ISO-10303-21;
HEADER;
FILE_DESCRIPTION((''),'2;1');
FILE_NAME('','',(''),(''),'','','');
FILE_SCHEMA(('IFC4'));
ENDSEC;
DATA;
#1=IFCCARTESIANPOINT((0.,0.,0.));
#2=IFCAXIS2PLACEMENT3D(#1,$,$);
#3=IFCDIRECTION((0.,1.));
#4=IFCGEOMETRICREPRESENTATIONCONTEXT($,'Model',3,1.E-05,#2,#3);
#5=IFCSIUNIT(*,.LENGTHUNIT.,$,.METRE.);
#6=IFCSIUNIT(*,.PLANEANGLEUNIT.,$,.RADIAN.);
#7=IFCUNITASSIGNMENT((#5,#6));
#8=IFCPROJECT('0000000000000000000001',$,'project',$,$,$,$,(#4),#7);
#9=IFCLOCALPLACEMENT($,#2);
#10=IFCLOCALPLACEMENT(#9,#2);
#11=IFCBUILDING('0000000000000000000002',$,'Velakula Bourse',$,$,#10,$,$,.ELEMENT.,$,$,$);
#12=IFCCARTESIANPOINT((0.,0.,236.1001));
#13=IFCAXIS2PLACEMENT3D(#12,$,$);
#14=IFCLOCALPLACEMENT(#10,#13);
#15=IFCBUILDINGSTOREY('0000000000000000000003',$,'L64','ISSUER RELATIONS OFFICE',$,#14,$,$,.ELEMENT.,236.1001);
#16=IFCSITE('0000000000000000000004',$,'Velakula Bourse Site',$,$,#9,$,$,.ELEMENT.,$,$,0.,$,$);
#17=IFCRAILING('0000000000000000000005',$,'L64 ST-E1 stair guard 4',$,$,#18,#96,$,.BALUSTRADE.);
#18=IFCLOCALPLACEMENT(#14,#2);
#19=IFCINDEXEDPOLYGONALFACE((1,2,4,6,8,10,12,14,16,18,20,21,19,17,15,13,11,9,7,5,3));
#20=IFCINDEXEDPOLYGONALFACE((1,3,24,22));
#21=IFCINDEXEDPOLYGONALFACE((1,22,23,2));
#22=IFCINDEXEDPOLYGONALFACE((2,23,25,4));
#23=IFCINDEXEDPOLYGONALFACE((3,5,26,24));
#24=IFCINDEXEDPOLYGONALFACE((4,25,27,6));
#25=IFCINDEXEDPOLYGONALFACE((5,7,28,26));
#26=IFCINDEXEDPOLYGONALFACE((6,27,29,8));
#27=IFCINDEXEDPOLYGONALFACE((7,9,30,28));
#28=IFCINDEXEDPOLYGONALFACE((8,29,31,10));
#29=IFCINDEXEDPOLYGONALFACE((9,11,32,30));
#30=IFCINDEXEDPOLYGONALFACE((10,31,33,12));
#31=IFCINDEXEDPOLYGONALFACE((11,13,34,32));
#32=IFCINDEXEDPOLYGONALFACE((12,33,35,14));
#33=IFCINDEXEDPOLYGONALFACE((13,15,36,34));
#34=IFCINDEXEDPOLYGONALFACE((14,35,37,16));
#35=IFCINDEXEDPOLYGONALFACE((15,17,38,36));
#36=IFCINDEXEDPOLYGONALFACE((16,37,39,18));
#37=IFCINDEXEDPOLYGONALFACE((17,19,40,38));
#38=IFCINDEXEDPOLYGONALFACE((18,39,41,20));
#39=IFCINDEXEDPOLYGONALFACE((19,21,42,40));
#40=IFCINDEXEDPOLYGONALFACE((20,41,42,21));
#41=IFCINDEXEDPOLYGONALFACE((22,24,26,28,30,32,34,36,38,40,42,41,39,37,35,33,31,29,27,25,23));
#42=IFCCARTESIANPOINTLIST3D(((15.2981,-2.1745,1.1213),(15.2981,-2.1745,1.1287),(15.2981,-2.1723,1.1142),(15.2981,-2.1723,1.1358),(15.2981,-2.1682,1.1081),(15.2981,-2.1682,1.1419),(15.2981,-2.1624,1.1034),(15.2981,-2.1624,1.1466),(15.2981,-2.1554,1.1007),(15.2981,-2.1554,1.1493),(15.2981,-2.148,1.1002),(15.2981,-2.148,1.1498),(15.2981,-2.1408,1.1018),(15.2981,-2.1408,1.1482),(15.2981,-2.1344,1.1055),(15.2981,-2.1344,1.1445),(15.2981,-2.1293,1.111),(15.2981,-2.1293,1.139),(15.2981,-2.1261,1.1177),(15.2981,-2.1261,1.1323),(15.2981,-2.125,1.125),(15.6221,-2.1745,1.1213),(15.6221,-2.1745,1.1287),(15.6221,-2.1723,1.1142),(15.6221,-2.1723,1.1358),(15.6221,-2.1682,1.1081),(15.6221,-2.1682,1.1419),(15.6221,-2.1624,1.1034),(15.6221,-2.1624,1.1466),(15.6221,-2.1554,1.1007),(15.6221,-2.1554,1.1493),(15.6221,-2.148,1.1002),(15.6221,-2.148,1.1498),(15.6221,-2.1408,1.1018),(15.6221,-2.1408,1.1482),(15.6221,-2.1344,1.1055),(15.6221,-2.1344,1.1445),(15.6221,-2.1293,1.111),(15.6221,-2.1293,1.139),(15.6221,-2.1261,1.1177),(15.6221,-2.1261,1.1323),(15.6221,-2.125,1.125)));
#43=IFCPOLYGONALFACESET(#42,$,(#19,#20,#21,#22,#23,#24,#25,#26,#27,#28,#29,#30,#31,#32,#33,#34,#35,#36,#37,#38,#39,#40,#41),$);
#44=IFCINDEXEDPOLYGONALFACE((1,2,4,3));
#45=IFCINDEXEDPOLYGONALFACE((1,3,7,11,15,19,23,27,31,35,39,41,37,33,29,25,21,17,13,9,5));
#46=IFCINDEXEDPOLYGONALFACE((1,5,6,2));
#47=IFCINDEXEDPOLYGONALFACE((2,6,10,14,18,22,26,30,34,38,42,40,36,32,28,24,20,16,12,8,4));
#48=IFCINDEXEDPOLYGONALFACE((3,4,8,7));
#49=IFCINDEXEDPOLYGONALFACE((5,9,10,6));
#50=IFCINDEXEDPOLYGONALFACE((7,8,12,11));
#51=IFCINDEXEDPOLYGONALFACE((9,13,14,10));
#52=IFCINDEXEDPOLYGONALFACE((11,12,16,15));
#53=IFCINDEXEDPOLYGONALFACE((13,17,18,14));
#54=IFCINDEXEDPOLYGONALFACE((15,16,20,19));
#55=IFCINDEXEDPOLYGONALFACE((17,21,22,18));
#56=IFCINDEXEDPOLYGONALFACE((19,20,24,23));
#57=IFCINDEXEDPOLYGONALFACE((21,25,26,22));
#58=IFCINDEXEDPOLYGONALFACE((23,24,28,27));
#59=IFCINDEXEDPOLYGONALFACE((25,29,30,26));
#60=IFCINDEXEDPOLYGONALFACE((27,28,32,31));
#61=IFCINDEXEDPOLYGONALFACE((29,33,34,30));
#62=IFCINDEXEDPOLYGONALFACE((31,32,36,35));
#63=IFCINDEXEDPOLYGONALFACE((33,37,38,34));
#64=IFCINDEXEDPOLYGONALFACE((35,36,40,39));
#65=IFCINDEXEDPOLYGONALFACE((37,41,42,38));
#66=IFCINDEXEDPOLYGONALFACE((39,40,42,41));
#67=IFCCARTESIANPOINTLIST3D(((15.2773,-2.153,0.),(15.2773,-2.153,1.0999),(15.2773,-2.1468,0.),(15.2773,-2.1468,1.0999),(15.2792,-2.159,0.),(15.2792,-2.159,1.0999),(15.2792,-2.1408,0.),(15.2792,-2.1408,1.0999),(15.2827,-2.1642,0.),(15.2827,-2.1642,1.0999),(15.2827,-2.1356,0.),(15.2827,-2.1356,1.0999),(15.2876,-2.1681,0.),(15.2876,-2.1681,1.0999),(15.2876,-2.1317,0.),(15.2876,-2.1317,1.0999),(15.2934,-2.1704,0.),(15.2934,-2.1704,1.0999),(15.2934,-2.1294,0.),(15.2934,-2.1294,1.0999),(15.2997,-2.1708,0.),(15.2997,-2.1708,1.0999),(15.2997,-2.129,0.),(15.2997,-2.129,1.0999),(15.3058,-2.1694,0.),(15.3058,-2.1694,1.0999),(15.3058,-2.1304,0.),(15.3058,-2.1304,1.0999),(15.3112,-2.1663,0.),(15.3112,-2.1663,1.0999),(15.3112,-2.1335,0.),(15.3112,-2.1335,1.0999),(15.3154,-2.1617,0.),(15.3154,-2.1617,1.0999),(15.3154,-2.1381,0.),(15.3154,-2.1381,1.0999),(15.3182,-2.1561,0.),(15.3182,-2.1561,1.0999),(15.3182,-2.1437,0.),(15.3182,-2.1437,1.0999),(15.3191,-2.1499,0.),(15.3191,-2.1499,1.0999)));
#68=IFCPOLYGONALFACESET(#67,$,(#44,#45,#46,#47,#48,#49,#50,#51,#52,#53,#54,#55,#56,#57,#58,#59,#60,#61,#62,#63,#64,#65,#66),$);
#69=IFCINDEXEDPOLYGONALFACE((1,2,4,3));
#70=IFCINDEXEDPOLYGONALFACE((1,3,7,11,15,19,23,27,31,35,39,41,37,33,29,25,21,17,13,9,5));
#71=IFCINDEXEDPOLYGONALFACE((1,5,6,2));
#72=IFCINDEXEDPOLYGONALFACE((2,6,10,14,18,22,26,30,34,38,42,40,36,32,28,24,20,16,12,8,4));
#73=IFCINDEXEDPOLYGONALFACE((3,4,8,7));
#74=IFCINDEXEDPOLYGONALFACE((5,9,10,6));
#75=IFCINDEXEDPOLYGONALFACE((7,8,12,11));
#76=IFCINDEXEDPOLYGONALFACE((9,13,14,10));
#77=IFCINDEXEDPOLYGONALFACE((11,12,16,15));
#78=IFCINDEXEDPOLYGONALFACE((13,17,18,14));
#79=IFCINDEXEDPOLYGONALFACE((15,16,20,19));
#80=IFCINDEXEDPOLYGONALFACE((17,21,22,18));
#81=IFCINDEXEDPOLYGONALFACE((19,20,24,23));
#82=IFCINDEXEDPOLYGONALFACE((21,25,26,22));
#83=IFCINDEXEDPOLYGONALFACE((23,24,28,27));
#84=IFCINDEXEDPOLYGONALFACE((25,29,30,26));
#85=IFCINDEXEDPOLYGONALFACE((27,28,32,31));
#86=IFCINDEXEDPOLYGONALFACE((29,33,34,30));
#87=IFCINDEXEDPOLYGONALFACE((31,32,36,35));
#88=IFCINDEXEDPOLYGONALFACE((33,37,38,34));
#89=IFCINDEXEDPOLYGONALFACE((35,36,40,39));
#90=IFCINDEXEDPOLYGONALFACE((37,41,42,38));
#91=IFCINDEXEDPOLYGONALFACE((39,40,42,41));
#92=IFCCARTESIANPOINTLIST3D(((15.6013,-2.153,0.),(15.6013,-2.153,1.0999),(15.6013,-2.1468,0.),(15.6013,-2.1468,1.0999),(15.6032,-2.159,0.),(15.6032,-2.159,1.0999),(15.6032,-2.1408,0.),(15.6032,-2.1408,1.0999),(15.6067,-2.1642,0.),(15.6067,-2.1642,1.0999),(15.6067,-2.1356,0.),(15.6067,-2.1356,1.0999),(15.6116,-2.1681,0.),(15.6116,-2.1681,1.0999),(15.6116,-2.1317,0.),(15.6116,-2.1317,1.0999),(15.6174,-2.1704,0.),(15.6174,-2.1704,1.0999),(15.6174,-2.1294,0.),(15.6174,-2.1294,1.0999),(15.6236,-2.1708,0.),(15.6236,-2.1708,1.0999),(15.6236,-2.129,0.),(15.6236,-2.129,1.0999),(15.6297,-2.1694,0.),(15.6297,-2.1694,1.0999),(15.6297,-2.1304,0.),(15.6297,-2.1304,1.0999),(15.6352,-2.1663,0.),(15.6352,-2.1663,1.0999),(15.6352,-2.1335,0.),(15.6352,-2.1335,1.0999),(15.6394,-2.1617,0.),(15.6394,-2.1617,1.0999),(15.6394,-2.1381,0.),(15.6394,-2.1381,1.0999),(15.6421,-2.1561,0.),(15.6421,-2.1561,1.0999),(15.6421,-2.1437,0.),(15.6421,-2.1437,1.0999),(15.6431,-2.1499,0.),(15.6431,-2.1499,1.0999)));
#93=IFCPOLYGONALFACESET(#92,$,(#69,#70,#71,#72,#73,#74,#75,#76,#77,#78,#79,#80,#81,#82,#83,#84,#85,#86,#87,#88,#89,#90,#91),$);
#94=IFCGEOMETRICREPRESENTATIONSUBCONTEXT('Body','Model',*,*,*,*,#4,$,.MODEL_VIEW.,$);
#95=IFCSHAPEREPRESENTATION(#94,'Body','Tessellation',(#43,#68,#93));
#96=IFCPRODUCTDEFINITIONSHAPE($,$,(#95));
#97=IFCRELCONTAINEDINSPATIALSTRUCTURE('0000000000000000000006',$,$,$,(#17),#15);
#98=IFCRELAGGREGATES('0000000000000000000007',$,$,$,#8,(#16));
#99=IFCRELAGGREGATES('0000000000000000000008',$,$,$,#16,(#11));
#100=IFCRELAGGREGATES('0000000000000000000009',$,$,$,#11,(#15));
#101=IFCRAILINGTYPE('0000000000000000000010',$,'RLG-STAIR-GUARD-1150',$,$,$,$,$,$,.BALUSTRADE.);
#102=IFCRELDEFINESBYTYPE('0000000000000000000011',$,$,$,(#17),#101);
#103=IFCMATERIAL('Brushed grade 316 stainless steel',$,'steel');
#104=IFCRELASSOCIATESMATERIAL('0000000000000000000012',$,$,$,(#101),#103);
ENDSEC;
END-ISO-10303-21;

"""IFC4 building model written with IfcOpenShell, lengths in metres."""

from ifc_helpers import new_model, si_unit, direction, frame, origin, origin_2d, place, context, subcontext, project, spatial, circle, extrude, material, type_object, element, save


model = new_model("IFC4")

# Units and contexts
model_context = context("Model", 3, precision=1e-05, world=origin(), true_north=direction((0.0, 1.0)))
body_context = subcontext(model_context, "Body", "Model", "MODEL_VIEW")
ifc_project = project(units=[si_unit("LENGTHUNIT", "METRE"), si_unit("PLANEANGLEUNIT", "RADIAN")], contexts=[model_context])

# Site, building, storey
site_placement = place(None, origin())
site = spatial("IfcSite", under=ifc_project, at=site_placement, Name="Velakula Bourse Site", CompositionType="ELEMENT", RefElevation=0.0)
building_placement = place(site_placement, origin())
building = spatial("IfcBuilding", under=site, at=building_placement, Name="Velakula Bourse", CompositionType="ELEMENT")
storey_placement = place(building_placement, frame((0.0, 0.0, 236.1001)))
storey = spatial("IfcBuildingStorey", under=building, at=storey_placement, Name="L64", Description="ISSUER RELATIONS OFFICE", CompositionType="ELEMENT", Elevation=236.1001)

# Shared definitions
ifc_material_1 = material(Name="Brushed grade 316 stainless steel", Category="steel")

# Railing
railing_type = type_object("IfcRailingType", Name="RLG-STAIR-GUARD-1150", PredefinedType="BALUSTRADE", material=ifc_material_1)
railing_placement = place(storey_placement, frame((15.2981, -2.1499, 0.0)))
element("IfcRailing", 1, at=railing_placement, inside=storey, type_object=railing_type, Name="L64 ST-E1 stair guard 4", PredefinedType="BALUSTRADE", context=body_context, shape_type="SweptSolid", body=[
    extrude(circle(Radius=0.0249, at=origin_2d()), frame((0.0, 0.0, 1.125), z_axis=(1.0, 0.0, 0.0), x_axis=(0.0, 1.0, 0.0)), (0.0, 0.0, 1.0), 0.324),
    extrude(circle(Radius=0.021, at=origin_2d()), origin(), (0.0, 0.0, 1.0), 1.0999),
    extrude(circle(Radius=0.021, at=origin_2d()), frame((0.324, 0.0, 0.0)), (0.0, 0.0, 1.0), 1.0999),
])

save(model, "model.ifc")
